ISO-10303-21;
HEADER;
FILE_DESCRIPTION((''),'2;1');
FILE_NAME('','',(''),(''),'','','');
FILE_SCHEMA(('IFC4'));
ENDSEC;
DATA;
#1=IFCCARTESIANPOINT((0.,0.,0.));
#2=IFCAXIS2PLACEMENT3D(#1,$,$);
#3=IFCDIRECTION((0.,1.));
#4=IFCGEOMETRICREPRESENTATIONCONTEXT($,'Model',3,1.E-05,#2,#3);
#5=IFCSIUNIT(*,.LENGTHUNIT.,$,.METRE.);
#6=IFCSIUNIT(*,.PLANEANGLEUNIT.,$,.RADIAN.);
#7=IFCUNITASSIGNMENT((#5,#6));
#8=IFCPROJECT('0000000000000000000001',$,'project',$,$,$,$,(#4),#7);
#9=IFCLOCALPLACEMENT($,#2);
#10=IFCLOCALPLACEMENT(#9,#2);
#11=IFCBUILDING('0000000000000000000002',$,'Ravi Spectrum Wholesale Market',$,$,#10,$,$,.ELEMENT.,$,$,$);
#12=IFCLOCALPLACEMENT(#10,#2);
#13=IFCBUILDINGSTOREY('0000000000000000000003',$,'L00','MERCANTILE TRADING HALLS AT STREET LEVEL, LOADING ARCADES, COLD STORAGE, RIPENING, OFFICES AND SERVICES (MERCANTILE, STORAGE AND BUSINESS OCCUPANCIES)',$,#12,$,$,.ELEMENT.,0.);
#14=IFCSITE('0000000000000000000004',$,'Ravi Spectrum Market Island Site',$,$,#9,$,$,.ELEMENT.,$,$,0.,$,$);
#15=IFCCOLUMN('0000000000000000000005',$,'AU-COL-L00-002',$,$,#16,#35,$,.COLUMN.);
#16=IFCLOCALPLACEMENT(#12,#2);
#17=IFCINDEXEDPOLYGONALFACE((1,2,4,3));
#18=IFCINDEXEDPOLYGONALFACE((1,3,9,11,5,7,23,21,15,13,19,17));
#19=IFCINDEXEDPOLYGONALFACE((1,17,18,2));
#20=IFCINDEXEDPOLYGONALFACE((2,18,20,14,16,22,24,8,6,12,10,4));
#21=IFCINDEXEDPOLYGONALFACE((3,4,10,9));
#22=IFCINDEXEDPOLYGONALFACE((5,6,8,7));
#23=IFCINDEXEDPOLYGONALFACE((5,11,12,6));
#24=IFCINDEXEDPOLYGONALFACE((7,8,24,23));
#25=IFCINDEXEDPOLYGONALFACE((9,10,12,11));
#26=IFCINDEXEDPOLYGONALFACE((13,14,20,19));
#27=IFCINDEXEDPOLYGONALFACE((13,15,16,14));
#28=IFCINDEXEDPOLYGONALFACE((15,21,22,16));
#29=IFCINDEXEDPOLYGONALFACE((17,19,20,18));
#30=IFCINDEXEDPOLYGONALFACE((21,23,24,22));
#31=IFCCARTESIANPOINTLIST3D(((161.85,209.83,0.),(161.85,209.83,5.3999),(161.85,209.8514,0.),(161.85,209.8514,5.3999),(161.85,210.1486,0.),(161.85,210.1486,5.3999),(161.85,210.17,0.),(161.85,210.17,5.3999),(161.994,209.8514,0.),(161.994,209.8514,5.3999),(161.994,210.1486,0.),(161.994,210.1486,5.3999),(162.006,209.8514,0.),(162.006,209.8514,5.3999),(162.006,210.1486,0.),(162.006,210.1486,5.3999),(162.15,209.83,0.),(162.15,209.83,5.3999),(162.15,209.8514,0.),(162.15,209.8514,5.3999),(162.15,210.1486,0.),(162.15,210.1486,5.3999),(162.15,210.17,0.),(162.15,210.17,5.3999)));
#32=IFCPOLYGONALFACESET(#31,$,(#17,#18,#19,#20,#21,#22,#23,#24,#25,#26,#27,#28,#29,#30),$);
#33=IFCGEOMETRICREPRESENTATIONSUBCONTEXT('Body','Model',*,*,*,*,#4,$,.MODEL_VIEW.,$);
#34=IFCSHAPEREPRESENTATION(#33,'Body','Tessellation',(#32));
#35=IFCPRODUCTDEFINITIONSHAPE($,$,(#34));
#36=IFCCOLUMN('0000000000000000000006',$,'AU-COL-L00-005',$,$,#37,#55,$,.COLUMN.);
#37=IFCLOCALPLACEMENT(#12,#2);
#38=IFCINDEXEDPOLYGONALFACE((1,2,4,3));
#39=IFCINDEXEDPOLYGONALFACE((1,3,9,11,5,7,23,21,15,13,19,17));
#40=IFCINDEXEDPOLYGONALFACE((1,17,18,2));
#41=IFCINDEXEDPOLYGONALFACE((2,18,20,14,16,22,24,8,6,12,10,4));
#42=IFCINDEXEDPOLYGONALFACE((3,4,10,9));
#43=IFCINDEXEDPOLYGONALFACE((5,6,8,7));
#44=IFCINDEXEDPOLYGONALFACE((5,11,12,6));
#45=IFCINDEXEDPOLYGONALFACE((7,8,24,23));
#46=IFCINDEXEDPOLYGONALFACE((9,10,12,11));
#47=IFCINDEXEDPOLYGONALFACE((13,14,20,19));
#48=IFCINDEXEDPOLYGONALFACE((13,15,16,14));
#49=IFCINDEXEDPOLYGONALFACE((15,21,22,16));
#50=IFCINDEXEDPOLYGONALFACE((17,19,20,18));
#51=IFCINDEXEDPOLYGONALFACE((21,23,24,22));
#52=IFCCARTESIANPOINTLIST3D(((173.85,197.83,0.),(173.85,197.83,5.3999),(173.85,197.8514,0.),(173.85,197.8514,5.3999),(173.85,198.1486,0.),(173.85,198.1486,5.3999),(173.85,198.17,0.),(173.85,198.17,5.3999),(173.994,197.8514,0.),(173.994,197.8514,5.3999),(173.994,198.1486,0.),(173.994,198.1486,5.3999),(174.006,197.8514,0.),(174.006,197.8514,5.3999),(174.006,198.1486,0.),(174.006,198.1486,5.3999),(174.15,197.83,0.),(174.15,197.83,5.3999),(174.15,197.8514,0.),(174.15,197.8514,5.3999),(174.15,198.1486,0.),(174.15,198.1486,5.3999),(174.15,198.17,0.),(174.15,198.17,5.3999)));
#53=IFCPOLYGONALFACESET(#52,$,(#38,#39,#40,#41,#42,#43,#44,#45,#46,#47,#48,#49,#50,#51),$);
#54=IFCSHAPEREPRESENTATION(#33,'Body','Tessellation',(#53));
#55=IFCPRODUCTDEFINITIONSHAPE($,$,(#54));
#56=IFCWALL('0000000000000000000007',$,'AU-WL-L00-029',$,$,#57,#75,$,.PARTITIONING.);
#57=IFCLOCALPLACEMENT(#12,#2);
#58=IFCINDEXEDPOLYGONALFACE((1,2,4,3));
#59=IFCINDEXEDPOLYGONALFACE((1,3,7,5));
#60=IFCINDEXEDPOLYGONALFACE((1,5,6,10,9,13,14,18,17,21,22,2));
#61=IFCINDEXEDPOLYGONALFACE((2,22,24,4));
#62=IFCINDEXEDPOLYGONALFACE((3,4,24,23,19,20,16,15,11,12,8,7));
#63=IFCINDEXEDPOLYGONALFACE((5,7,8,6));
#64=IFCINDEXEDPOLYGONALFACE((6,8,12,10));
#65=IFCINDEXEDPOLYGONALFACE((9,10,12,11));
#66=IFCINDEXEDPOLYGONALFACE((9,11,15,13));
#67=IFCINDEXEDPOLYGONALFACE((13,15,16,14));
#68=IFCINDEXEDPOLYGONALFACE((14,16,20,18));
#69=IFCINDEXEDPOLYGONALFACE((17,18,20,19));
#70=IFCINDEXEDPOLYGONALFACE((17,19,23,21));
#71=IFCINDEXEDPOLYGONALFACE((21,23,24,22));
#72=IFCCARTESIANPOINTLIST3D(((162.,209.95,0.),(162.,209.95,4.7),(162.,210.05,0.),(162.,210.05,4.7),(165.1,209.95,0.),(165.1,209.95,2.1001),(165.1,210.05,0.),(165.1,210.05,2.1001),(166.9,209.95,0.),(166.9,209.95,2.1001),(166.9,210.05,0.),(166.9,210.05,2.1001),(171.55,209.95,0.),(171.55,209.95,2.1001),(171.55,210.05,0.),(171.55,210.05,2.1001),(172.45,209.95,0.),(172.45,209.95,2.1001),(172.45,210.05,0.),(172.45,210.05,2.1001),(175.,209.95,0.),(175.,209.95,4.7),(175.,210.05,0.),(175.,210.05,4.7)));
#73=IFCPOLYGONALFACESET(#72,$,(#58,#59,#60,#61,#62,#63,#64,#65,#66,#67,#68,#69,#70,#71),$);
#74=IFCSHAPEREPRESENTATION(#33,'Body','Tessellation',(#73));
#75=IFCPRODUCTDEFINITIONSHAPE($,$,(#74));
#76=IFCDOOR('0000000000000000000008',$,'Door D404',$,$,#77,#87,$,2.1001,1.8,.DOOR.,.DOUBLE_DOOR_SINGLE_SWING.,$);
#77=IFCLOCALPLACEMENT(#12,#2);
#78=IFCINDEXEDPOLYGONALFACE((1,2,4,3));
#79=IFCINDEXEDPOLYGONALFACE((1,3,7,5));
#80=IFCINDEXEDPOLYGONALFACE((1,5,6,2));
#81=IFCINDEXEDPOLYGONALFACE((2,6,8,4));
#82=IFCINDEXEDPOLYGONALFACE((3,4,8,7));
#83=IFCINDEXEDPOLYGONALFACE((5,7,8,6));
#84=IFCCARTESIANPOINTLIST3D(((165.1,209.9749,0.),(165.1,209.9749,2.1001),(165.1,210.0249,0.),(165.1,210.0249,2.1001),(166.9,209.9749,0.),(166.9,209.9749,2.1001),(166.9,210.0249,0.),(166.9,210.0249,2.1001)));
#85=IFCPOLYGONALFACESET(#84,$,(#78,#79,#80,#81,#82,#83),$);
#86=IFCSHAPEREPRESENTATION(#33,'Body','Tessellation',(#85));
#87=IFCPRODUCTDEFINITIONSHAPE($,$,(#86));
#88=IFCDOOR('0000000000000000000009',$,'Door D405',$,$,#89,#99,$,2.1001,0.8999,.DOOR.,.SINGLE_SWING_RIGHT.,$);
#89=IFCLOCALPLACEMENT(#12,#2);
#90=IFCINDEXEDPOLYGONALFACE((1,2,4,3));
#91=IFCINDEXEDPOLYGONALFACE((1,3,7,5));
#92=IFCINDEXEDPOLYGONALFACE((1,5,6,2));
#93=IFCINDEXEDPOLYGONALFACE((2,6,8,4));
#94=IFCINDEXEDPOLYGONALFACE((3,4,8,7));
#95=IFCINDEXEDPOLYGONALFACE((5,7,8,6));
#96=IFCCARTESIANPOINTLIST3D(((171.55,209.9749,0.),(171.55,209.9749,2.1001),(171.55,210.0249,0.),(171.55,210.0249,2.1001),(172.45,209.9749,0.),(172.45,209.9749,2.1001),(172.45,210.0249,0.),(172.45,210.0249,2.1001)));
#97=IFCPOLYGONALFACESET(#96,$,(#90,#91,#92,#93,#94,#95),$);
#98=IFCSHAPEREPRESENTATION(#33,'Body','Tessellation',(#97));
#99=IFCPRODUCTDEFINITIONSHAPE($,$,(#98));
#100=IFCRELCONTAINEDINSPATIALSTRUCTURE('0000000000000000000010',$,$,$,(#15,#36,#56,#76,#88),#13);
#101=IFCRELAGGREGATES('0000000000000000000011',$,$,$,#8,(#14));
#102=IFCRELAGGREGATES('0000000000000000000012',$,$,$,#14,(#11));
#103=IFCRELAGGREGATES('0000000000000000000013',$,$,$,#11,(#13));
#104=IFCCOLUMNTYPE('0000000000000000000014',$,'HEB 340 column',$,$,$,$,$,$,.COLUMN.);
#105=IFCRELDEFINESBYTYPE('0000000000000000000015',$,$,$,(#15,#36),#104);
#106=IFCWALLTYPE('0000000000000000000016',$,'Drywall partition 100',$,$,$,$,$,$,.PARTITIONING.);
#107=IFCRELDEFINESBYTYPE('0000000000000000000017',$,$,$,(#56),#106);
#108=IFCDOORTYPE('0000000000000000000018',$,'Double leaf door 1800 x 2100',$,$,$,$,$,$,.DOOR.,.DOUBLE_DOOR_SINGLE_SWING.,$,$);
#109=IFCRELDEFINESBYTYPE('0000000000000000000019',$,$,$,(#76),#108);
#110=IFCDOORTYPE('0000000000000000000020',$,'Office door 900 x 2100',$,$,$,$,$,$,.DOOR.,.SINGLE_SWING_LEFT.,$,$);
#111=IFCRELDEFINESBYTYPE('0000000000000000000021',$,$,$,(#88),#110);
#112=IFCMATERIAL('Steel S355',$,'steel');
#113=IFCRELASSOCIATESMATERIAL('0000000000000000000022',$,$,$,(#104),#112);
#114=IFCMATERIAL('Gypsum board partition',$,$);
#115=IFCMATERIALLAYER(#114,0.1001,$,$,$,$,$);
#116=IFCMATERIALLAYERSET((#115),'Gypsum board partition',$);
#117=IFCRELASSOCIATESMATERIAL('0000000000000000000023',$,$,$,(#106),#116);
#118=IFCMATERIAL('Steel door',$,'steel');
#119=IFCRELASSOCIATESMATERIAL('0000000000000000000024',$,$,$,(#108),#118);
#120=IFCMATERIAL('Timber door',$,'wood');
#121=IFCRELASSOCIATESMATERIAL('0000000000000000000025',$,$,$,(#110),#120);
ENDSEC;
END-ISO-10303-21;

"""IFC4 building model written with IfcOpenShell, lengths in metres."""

from ifc_helpers import new_model, si_unit, direction, frame, frame_2d, origin, origin_2d, place, context, subcontext, project, spatial, rectangle, i_section, extrude, material, layer, layer_set, material_profile, profile_set, type_object, element, fill, save


model = new_model("IFC4")

# Units and contexts
model_context = context("Model", 3, precision=1e-05, world=origin(), true_north=direction((0.0, 1.0)))
body_context = subcontext(model_context, "Body", "Model", "MODEL_VIEW")
ifc_project = project(units=[si_unit("LENGTHUNIT", "METRE"), si_unit("PLANEANGLEUNIT", "RADIAN")], contexts=[model_context])

# Site, building, storey
site_placement = place(None, origin())
site = spatial("IfcSite", under=ifc_project, at=site_placement, Name="Ravi Spectrum Market Island Site", CompositionType="ELEMENT", RefElevation=0.0)
building_placement = place(site_placement, origin())
building = spatial("IfcBuilding", under=site, at=building_placement, Name="Ravi Spectrum Wholesale Market", CompositionType="ELEMENT")
storey_placement = place(building_placement, origin())
storey = spatial("IfcBuildingStorey", under=building, at=storey_placement, Name="L00", Description="MERCANTILE TRADING HALLS AT STREET LEVEL, LOADING ARCADES, COLD STORAGE, RIPENING, OFFICES AND SERVICES (MERCANTILE, STORAGE AND BUSINESS OCCUPANCIES)", CompositionType="ELEMENT", Elevation=0.0)

# Columns
ifc_material_1 = material(Name="Steel S355", Category="steel")
ifc_material_profile_1 = material_profile(ifc_material_1, i_section(OverallWidth=0.3, OverallDepth=0.3401, WebThickness=0.012, FlangeThickness=0.0215, at=origin_2d()))
ifc_profile_set_1 = profile_set([ifc_material_profile_1], Name="Steel S355")
column_type = type_object("IfcColumnType", Name="HEB 340 column", PredefinedType="COLUMN", material=ifc_profile_set_1)
for number, where, z_axis, x_axis, name in (
    (1, (162.0, 210.0, 0.0), (0.0, 0.0, 1.0), (1.0, 0.0, 0.0), "AU-COL-L00-002"),
    (2, (174.0, 198.0, 0.0), (0.0, 0.0, 1.0), (1.0, 0.0, 0.0), "AU-COL-L00-005"),
):
    element("IfcColumn", number, at=place(storey_placement, frame(where, z_axis=z_axis, x_axis=x_axis)), inside=storey, type_object=column_type, Name=name, PredefinedType="COLUMN", context=body_context, shape_type="SweptSolid", body=[
        extrude(i_section(OverallWidth=0.3, OverallDepth=0.3401, WebThickness=0.012, FlangeThickness=0.0215, at=origin_2d()), origin(), (0.0, 0.0, 1.0), 5.3999),
    ])

# Wall, openings, doors
ifc_material_2 = material(Name="Gypsum board partition")
ifc_layer = layer(ifc_material_2, 0.1001)
ifc_layer_set = layer_set([ifc_layer], Name="Gypsum board partition")
wall_type = type_object("IfcWallType", Name="Drywall partition 100", PredefinedType="PARTITIONING", material=ifc_layer_set)
wall_placement = place(storey_placement, frame((162.0, 210.0, 0.0), z_axis=(0.0, 0.0, 1.0), x_axis=(1.0, 0.0, 0.0)))
wall = element("IfcWall", 3, at=wall_placement, inside=storey, type_object=wall_type, Name="AU-WL-L00-029", PredefinedType="PARTITIONING", context=body_context, shape_type="SweptSolid", body=[
    extrude(rectangle(XDim=13.0, YDim=0.1001, at=frame_2d((6.5, 0.0))), origin(), (0.0, 0.0, 1.0), 4.7),
])
opening_1_placement = place(wall_placement, frame((3.1001, 0.0, 0.0)))
opening_1 = element("IfcOpeningElement", 4, at=opening_1_placement, cuts=wall, PredefinedType="OPENING", context=body_context, shape_type="SweptSolid", body=[
    extrude(rectangle(XDim=1.8, YDim=2.1001, at=frame_2d((0.8999, 1.05))), frame((0.0, 0.0601, 0.0), z_axis=(0.0, -1.0, 0.0), x_axis=(1.0, 0.0, 0.0)), (0.0, 0.0, 1.0), 0.1201),
])
opening_2_placement = place(wall_placement, frame((9.55, 0.0, 0.0)))
opening_2 = element("IfcOpeningElement", 5, at=opening_2_placement, cuts=wall, PredefinedType="OPENING", context=body_context, shape_type="SweptSolid", body=[
    extrude(rectangle(XDim=0.8999, YDim=2.1001, at=frame_2d((0.45, 1.05))), frame((0.0, 0.0601, 0.0), z_axis=(0.0, -1.0, 0.0), x_axis=(1.0, 0.0, 0.0)), (0.0, 0.0, 1.0), 0.1201),
])
ifc_material_3 = material(Name="Steel door", Category="steel")
door_type_1 = type_object("IfcDoorType", Name="Double leaf door 1800 x 2100", OperationType="DOUBLE_DOOR_SINGLE_SWING", PredefinedType="DOOR", material=ifc_material_3)
door_1_placement = place(opening_1_placement, origin())
door_1 = element("IfcDoor", 6, at=door_1_placement, inside=storey, type_object=door_type_1, Name="Door D404", OperationType="DOUBLE_DOOR_SINGLE_SWING", OverallHeight=2.1001, OverallWidth=1.8, PredefinedType="DOOR", context=body_context, shape_type="SweptSolid", body=[
    extrude(rectangle(XDim=1.8, YDim=2.1001, at=frame_2d((0.8999, 1.05))), frame((0.0, 0.0249, 0.0), z_axis=(0.0, -1.0, 0.0), x_axis=(1.0, 0.0, 0.0)), (0.0, 0.0, 1.0), 0.05),
])
fill(opening_1, door_1)
ifc_material_4 = material(Name="Timber door", Category="wood")
door_type_2 = type_object("IfcDoorType", Name="Office door 900 x 2100", OperationType="SINGLE_SWING_LEFT", PredefinedType="DOOR", material=ifc_material_4)
door_2_placement = place(opening_2_placement, origin())
door_2 = element("IfcDoor", 7, at=door_2_placement, inside=storey, type_object=door_type_2, Name="Door D405", OperationType="SINGLE_SWING_RIGHT", OverallHeight=2.1001, OverallWidth=0.8999, PredefinedType="DOOR", context=body_context, shape_type="SweptSolid", body=[
    extrude(rectangle(XDim=0.8999, YDim=2.1001, at=frame_2d((0.45, 1.05))), frame((0.0, 0.0249, 0.0), z_axis=(0.0, -1.0, 0.0), x_axis=(1.0, 0.0, 0.0)), (0.0, 0.0, 1.0), 0.05),
])
fill(opening_2, door_2)

save(model, "model.ifc")
